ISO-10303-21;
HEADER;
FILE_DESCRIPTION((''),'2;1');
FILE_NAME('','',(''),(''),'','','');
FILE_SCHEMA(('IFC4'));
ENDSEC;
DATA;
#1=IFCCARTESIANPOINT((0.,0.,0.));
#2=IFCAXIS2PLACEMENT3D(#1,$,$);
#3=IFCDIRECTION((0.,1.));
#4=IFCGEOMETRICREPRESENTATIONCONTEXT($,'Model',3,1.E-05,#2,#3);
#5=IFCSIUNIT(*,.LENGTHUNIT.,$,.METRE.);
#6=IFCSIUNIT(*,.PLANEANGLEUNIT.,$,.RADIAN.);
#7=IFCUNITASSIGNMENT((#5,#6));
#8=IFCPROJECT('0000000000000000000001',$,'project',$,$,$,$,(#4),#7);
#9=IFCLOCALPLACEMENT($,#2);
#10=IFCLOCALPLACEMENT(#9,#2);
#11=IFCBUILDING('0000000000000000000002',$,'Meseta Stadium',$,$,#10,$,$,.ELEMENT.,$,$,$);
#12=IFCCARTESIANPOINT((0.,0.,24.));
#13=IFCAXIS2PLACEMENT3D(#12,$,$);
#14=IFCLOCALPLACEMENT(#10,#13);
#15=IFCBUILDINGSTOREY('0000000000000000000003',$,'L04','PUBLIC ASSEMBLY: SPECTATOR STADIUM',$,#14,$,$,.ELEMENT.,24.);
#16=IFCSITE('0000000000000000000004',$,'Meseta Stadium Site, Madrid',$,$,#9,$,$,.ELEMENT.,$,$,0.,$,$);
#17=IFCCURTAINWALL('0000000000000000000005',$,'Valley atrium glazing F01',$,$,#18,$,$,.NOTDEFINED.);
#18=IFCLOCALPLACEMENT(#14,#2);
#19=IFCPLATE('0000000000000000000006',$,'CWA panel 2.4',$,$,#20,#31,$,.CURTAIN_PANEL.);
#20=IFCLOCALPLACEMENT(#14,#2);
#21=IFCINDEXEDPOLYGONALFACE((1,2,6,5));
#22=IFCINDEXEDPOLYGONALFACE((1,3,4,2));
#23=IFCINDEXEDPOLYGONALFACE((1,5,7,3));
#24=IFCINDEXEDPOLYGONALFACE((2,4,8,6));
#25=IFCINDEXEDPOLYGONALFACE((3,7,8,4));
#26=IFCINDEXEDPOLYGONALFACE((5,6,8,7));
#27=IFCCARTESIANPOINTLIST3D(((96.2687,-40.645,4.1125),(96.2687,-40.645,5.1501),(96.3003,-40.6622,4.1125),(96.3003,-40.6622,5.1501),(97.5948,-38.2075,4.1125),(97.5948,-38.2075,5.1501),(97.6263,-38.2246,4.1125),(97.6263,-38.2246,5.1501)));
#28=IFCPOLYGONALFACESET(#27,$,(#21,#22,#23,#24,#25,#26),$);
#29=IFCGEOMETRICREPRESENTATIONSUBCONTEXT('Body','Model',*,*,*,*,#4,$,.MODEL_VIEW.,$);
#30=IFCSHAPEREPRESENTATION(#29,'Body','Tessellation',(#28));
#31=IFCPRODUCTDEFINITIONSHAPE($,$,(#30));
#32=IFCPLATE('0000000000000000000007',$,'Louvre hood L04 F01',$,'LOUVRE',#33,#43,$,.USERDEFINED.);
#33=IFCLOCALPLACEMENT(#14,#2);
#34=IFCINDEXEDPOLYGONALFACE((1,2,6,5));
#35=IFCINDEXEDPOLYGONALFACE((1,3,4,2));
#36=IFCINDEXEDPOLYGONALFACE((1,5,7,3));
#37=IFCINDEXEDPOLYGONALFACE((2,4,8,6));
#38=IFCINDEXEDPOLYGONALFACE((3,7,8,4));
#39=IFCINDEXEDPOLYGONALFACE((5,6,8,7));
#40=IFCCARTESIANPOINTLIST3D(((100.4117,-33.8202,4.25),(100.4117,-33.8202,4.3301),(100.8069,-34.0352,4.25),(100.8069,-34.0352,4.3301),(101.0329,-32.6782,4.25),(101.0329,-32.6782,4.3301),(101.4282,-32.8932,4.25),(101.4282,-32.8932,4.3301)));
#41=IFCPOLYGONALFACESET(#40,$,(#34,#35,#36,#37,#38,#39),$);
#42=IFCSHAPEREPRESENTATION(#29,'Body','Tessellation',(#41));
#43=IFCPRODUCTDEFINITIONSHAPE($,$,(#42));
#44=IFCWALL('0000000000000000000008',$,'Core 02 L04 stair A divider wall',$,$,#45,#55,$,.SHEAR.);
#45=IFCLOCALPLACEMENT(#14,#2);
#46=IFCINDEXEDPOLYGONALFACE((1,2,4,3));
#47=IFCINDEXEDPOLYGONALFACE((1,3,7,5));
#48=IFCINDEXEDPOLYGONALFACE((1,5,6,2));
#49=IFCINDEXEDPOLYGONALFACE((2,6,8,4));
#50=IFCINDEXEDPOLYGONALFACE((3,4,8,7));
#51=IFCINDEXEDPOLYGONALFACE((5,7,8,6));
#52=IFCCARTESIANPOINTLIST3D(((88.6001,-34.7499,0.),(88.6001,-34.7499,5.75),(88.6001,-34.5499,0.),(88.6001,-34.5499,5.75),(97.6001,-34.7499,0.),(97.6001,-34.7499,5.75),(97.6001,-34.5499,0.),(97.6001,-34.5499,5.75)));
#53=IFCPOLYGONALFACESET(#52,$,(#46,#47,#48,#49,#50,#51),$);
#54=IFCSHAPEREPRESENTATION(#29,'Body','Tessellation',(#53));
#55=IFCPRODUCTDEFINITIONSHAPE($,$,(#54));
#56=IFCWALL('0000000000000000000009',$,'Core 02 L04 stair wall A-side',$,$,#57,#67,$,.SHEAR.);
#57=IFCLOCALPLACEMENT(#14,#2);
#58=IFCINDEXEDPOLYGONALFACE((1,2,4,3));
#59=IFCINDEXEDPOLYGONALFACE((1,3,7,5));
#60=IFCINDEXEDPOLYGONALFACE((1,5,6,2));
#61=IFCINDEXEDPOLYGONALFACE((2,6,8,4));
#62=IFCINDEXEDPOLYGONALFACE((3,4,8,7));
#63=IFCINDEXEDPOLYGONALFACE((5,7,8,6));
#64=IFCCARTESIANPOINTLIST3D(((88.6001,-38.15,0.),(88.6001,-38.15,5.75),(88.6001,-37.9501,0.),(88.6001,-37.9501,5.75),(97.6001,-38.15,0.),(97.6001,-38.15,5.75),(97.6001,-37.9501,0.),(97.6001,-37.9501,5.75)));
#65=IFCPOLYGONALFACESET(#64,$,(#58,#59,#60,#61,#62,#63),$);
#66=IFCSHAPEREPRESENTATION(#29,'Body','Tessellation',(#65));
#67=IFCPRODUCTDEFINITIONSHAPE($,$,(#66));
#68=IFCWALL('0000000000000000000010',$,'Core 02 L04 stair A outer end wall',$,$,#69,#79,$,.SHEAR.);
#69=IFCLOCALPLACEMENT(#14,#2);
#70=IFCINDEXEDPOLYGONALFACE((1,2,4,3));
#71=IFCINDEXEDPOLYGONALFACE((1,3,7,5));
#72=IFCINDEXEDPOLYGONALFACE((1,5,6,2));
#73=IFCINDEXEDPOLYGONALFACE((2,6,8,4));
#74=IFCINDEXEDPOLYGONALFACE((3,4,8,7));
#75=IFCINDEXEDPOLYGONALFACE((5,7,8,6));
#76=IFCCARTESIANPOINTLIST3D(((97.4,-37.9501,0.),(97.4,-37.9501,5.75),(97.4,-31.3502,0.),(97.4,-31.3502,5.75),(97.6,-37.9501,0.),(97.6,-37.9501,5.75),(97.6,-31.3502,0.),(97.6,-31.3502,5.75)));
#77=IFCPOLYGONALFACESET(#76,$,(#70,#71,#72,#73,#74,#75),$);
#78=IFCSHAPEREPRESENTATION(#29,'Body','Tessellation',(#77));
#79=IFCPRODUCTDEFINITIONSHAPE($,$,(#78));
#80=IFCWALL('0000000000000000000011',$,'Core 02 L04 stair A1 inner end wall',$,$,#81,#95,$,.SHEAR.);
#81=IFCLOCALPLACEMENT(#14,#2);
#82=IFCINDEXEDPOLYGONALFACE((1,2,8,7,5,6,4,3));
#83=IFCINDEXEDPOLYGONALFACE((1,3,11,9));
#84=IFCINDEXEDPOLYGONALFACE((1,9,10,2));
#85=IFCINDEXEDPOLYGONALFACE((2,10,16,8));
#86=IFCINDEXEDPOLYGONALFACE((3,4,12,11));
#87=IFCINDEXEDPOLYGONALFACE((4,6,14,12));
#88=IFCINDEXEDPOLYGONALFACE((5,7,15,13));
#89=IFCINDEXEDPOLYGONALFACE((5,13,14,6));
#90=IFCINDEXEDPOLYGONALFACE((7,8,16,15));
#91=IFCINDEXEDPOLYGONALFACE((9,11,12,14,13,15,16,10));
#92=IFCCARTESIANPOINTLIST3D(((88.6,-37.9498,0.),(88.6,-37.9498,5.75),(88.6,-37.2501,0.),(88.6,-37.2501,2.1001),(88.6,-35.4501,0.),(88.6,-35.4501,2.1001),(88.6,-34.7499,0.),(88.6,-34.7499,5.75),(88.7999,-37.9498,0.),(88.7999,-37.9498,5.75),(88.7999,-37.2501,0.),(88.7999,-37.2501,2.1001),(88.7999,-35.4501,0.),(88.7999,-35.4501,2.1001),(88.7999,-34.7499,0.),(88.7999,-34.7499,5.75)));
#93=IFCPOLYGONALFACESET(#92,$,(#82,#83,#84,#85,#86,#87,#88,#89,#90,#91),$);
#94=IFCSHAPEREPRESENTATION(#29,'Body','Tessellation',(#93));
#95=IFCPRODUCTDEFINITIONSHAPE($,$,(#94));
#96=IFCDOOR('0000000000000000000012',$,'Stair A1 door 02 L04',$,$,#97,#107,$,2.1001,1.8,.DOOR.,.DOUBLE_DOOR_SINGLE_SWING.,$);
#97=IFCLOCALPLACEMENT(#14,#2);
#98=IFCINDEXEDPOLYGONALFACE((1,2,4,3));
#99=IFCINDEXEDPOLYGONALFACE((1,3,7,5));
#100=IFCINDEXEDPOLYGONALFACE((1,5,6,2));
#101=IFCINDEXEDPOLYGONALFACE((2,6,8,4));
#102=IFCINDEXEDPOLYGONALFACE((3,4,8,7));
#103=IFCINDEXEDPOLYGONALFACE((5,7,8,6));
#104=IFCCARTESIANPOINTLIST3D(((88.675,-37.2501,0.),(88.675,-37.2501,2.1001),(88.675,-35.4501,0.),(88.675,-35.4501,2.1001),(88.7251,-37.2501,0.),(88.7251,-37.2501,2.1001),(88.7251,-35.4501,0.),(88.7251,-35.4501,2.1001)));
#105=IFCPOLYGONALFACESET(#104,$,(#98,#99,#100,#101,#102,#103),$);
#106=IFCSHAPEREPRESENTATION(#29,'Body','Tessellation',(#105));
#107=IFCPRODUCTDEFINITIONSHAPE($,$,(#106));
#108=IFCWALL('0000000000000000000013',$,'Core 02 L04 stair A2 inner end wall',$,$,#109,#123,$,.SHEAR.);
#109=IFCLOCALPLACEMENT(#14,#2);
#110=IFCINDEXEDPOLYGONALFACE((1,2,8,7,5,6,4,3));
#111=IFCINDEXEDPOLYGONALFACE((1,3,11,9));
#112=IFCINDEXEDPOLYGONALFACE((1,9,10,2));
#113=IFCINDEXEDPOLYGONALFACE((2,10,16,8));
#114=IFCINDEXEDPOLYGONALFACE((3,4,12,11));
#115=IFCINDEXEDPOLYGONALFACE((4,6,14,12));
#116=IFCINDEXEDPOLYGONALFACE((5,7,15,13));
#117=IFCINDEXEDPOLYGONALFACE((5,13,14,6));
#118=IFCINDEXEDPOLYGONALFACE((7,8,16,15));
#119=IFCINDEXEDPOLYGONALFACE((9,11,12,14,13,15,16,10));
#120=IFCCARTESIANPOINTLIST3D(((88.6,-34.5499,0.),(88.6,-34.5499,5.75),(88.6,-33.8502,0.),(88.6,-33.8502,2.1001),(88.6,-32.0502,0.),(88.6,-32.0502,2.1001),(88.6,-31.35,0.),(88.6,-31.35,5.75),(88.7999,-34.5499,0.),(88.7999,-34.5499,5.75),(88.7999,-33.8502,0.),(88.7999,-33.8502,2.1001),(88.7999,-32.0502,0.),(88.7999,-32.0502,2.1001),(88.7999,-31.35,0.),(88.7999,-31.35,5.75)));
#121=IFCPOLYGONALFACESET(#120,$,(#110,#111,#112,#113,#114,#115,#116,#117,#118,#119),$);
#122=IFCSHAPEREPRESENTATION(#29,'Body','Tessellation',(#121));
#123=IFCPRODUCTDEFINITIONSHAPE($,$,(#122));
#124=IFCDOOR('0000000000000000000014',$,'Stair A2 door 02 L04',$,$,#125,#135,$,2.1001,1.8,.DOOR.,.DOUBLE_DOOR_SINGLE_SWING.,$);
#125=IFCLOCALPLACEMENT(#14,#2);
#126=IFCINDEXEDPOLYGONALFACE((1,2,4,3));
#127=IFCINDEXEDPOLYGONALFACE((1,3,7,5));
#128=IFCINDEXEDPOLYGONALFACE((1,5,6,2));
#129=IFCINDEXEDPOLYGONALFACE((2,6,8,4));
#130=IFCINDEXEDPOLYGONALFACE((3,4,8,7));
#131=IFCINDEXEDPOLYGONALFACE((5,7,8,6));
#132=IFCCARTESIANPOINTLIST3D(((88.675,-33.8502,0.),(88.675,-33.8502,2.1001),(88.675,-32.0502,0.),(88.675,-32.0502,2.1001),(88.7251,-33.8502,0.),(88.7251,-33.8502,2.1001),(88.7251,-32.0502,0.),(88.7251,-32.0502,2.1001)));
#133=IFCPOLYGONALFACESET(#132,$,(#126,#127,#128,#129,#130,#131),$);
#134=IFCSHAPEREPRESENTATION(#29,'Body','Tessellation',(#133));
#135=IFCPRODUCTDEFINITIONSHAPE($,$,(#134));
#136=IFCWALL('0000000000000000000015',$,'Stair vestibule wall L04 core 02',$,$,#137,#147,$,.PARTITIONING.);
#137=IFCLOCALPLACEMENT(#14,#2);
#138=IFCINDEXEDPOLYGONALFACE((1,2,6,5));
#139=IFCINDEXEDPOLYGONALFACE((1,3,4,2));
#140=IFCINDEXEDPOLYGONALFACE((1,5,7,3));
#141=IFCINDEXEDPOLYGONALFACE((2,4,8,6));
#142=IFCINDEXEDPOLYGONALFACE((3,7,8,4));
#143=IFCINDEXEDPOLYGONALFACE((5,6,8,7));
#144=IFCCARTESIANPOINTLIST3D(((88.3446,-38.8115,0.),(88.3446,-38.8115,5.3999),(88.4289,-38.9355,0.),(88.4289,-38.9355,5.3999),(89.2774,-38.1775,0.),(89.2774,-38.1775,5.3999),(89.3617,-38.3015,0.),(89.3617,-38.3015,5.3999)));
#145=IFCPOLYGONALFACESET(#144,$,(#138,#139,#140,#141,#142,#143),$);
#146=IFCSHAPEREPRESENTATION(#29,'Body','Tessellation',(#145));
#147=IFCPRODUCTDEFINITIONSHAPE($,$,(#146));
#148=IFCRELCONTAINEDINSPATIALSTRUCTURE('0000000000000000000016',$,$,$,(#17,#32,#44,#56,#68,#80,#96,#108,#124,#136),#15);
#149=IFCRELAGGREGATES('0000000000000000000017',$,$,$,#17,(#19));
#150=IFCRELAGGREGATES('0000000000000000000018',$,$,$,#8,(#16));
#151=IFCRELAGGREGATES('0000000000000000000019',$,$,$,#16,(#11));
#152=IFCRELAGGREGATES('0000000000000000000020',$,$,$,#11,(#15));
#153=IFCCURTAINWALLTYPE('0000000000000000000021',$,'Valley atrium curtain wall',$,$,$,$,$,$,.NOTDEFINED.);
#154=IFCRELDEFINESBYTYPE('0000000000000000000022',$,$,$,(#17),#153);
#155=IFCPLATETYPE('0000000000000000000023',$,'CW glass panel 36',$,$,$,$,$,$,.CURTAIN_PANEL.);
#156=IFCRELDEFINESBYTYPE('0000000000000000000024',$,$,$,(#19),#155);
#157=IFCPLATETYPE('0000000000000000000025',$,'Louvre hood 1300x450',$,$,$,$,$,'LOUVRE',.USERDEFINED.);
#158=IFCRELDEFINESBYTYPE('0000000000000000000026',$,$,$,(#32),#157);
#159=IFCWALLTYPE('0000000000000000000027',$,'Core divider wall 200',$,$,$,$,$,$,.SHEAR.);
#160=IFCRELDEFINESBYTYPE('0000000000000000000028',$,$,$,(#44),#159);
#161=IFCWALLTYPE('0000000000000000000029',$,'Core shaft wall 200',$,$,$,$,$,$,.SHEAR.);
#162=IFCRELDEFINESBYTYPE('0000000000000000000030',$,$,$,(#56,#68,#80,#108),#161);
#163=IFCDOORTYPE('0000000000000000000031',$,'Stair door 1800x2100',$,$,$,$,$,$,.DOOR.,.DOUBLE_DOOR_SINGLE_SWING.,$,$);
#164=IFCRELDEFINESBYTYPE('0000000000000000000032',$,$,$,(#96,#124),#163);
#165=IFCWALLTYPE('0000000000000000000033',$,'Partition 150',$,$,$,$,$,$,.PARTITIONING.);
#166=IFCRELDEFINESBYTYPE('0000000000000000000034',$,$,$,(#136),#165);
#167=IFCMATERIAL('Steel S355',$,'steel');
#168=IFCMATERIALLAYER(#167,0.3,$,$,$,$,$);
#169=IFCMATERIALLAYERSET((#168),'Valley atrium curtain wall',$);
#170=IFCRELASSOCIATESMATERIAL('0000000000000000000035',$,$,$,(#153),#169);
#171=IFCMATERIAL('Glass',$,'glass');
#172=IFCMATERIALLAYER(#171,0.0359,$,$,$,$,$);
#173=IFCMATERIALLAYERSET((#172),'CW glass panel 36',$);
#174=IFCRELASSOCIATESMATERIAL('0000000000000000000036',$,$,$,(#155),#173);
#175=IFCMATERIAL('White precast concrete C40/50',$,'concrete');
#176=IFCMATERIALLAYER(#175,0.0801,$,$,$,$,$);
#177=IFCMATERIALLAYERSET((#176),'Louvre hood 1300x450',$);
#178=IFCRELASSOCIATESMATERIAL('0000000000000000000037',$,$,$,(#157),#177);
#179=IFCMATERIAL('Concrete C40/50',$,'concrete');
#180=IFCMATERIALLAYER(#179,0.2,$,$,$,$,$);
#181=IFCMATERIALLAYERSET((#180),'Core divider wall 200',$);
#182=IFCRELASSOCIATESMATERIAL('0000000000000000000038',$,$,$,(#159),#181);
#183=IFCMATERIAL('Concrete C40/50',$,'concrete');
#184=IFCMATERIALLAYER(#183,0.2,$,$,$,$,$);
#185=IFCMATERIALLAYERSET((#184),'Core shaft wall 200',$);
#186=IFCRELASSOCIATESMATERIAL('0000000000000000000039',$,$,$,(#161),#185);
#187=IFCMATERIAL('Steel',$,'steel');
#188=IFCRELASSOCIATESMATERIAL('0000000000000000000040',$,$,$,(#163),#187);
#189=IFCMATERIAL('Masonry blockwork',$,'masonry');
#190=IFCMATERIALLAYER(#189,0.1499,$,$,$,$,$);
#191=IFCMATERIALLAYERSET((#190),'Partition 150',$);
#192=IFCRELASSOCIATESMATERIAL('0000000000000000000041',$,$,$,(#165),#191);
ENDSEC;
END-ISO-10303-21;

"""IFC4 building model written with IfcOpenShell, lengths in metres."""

from ifc_helpers import new_model, si_unit, direction, frame, frame_2d, origin, origin_2d, place, context, subcontext, project, spatial, rectangle, extrude, material, layer, layer_set, type_object, element, fill, aggregate, save


model = new_model("IFC4")

# Units and contexts
model_context = context("Model", 3, precision=1e-05, world=origin(), true_north=direction((0.0, 1.0)))
body_context = subcontext(model_context, "Body", "Model", "MODEL_VIEW")
ifc_project = project(units=[si_unit("LENGTHUNIT", "METRE"), si_unit("PLANEANGLEUNIT", "RADIAN")], contexts=[model_context])

# Site, building, storey
site_placement = place(None, origin())
site = spatial("IfcSite", under=ifc_project, at=site_placement, Name="Meseta Stadium Site, Madrid", CompositionType="ELEMENT", RefElevation=0.0)
building_placement = place(site_placement, origin())
building = spatial("IfcBuilding", under=site, at=building_placement, Name="Meseta Stadium", CompositionType="ELEMENT")
storey_placement = place(building_placement, frame((0.0, 0.0, 24.0)))
storey = spatial("IfcBuildingStorey", under=building, at=storey_placement, Name="L04", Description="PUBLIC ASSEMBLY: SPECTATOR STADIUM", CompositionType="ELEMENT", Elevation=24.0)

# Curtain wall
ifc_material_1 = material(Name="Steel S355", Category="steel")
ifc_layer_1 = layer(ifc_material_1, 0.3)
ifc_layer_set_1 = layer_set([ifc_layer_1], Name="Valley atrium curtain wall")
curtain_wall_type = type_object("IfcCurtainWallType", Name="Valley atrium curtain wall", PredefinedType="NOTDEFINED", material=ifc_layer_set_1)
curtain_wall_placement = place(storey_placement, origin())
curtain_wall = element("IfcCurtainWall", 1, at=curtain_wall_placement, inside=storey, type_object=curtain_wall_type, Name="Valley atrium glazing F01", PredefinedType="NOTDEFINED")

# Plates
ifc_material_2 = material(Name="Glass", Category="glass")
ifc_layer_2 = layer(ifc_material_2, 0.0359)
ifc_layer_set_2 = layer_set([ifc_layer_2], Name="CW glass panel 36")
plate_type_1 = type_object("IfcPlateType", Name="CW glass panel 36", PredefinedType="CURTAIN_PANEL", material=ifc_layer_set_2)
plate_1_placement = place(storey_placement, frame((96.9475, -39.4348, 4.1125), z_axis=(0.0, 0.0, 1.0), x_axis=(0.477867, 0.878432, 0.0)))
plate_1 = element("IfcPlate", 2, at=plate_1_placement, type_object=plate_type_1, Name="CWA panel 2.4", PredefinedType="CURTAIN_PANEL", context=body_context, shape_type="SweptSolid", body=[
    extrude(rectangle(XDim=2.7749, YDim=0.0359, at=origin_2d()), origin(), (0.0, 0.0, 1.0), 1.0376),
])
aggregate(curtain_wall, [plate_1])
ifc_material_3 = material(Name="White precast concrete C40/50", Category="concrete")
ifc_layer_3 = layer(ifc_material_3, 0.0801)
ifc_layer_set_3 = layer_set([ifc_layer_3], Name="Louvre hood 1300x450")
plate_type_2 = type_object("IfcPlateType", Name="Louvre hood 1300x450", ElementType="LOUVRE", PredefinedType="USERDEFINED", material=ifc_layer_set_3)
plate_2_placement = place(storey_placement, frame((100.9199, -33.3567, 4.25), z_axis=(0.0, 0.0, 1.0), x_axis=(0.477867, 0.878432, 0.0)))
element("IfcPlate", 3, at=plate_2_placement, inside=storey, type_object=plate_type_2, Name="Louvre hood L04 F01", ObjectType="LOUVRE", PredefinedType="USERDEFINED", context=body_context, shape_type="SweptSolid", body=[
    extrude(rectangle(XDim=1.3, YDim=0.45, at=origin_2d()), origin(), (0.0, 0.0, 1.0), 0.0801),
])

# Walls
ifc_material_4 = material(Name="Concrete C40/50", Category="concrete")
ifc_layer_4 = layer(ifc_material_4, 0.2)
ifc_layer_set_4 = layer_set([ifc_layer_4], Name="Core divider wall 200")
wall_type_1 = type_object("IfcWallType", Name="Core divider wall 200", PredefinedType="SHEAR", material=ifc_layer_set_4)
wall_1_placement = place(storey_placement, frame((97.6001, -34.6499, 0.0), z_axis=(0.0, 0.0, 1.0), x_axis=(-1.0, 0.0, 0.0)))
element("IfcWall", 4, at=wall_1_placement, inside=storey, type_object=wall_type_1, Name="Core 02 L04 stair A divider wall", PredefinedType="SHEAR", context=body_context, shape_type="SweptSolid", body=[
    extrude(rectangle(XDim=9.0, YDim=0.2, at=frame_2d((4.5, 0.0))), origin(), (0.0, 0.0, 1.0), 5.75),
])
ifc_material_5 = material(Name="Concrete C40/50", Category="concrete")
ifc_layer_5 = layer(ifc_material_5, 0.2)
ifc_layer_set_5 = layer_set([ifc_layer_5], Name="Core shaft wall 200")
wall_type_2 = type_object("IfcWallType", Name="Core shaft wall 200", PredefinedType="SHEAR", material=ifc_layer_set_5)
wall_2_placement = place(storey_placement, frame((97.6001, -38.05, 0.0), z_axis=(0.0, 0.0, 1.0), x_axis=(-1.0, 0.0, 0.0)))
element("IfcWall", 5, at=wall_2_placement, inside=storey, type_object=wall_type_2, Name="Core 02 L04 stair wall A-side", PredefinedType="SHEAR", context=body_context, shape_type="SweptSolid", body=[
    extrude(rectangle(XDim=9.0, YDim=0.2, at=frame_2d((4.5, 0.0))), origin(), (0.0, 0.0, 1.0), 5.75),
])
wall_3_placement = place(storey_placement, frame((97.5, -37.95, 0.0), z_axis=(0.0, 0.0, 1.0), x_axis=(0.0, 1.0, 0.0)))
element("IfcWall", 6, at=wall_3_placement, inside=storey, type_object=wall_type_2, Name="Core 02 L04 stair A outer end wall", PredefinedType="SHEAR", context=body_context, shape_type="SweptSolid", body=[
    extrude(rectangle(XDim=6.5999, YDim=0.2, at=frame_2d((3.2998, 0.0))), origin(), (0.0, 0.0, 1.0), 5.75),
])

# Walls, openings, doors
wall_4_placement = place(storey_placement, frame((88.7, -37.95, 0.0), z_axis=(0.0, 0.0, 1.0), x_axis=(0.0, 1.0, 0.0)))
wall_4 = element("IfcWall", 7, at=wall_4_placement, inside=storey, type_object=wall_type_2, Name="Core 02 L04 stair A1 inner end wall", PredefinedType="SHEAR", context=body_context, shape_type="SweptSolid", body=[
    extrude(rectangle(XDim=3.2, YDim=0.2, at=frame_2d((1.6001, 0.0))), origin(), (0.0, 0.0, 1.0), 5.75),
])
opening_1_placement = place(wall_4_placement, frame((0.7, 0.0, 0.0)))
opening_1 = element("IfcOpeningElement", 8, at=opening_1_placement, cuts=wall_4, PredefinedType="OPENING", context=body_context, shape_type="SweptSolid", body=[
    extrude(rectangle(XDim=1.8, YDim=2.1001, at=frame_2d((0.8999, 1.05))), frame((0.0, 0.1099, 0.0), z_axis=(0.0, -1.0, 0.0), x_axis=(1.0, 0.0, 0.0)), (0.0, 0.0, 1.0), 0.22),
])
ifc_material_6 = material(Name="Steel", Category="steel")
door_type = type_object("IfcDoorType", Name="Stair door 1800x2100", OperationType="DOUBLE_DOOR_SINGLE_SWING", PredefinedType="DOOR", material=ifc_material_6)
door_1_placement = place(opening_1_placement, origin())
door_1 = element("IfcDoor", 9, at=door_1_placement, inside=storey, type_object=door_type, Name="Stair A1 door 02 L04", OperationType="DOUBLE_DOOR_SINGLE_SWING", OverallHeight=2.1001, OverallWidth=1.8, PredefinedType="DOOR", context=body_context, shape_type="SweptSolid", body=[
    extrude(rectangle(XDim=1.8, YDim=2.1001, at=frame_2d((0.8999, 1.05))), frame((0.0, 0.0249, 0.0), z_axis=(0.0, -1.0, 0.0), x_axis=(1.0, 0.0, 0.0)), (0.0, 0.0, 1.0), 0.05),
])
fill(opening_1, door_1)
wall_5_placement = place(storey_placement, frame((88.7, -34.55, 0.0), z_axis=(0.0, 0.0, 1.0), x_axis=(0.0, 1.0, 0.0)))
wall_5 = element("IfcWall", 10, at=wall_5_placement, inside=storey, type_object=wall_type_2, Name="Core 02 L04 stair A2 inner end wall", PredefinedType="SHEAR", context=body_context, shape_type="SweptSolid", body=[
    extrude(rectangle(XDim=3.2, YDim=0.2, at=frame_2d((1.6001, 0.0))), origin(), (0.0, 0.0, 1.0), 5.75),
])
opening_2_placement = place(wall_5_placement, frame((0.7, 0.0, 0.0)))
opening_2 = element("IfcOpeningElement", 11, at=opening_2_placement, cuts=wall_5, PredefinedType="OPENING", context=body_context, shape_type="SweptSolid", body=[
    extrude(rectangle(XDim=1.8, YDim=2.1001, at=frame_2d((0.8999, 1.05))), frame((0.0, 0.1099, 0.0), z_axis=(0.0, -1.0, 0.0), x_axis=(1.0, 0.0, 0.0)), (0.0, 0.0, 1.0), 0.22),
])
door_2_placement = place(opening_2_placement, origin())
door_2 = element("IfcDoor", 12, at=door_2_placement, inside=storey, type_object=door_type, Name="Stair A2 door 02 L04", OperationType="DOUBLE_DOOR_SINGLE_SWING", OverallHeight=2.1001, OverallWidth=1.8, PredefinedType="DOOR", context=body_context, shape_type="SweptSolid", body=[
    extrude(rectangle(XDim=1.8, YDim=2.1001, at=frame_2d((0.8999, 1.05))), frame((0.0, 0.0249, 0.0), z_axis=(0.0, -1.0, 0.0), x_axis=(1.0, 0.0, 0.0)), (0.0, 0.0, 1.0), 0.05),
])
fill(opening_2, door_2)

# Wall
ifc_material_7 = material(Name="Masonry blockwork", Category="masonry")
ifc_layer_6 = layer(ifc_material_7, 0.1499)
ifc_layer_set_6 = layer_set([ifc_layer_6], Name="Partition 150")
wall_type_3 = type_object("IfcWallType", Name="Partition 150", PredefinedType="PARTITIONING", material=ifc_layer_set_6)
wall_6_placement = place(storey_placement, frame((88.3867, -38.8735, 0.0), z_axis=(0.0, 0.0, 1.0), x_axis=(0.827055, 0.562121, 0.0)))
element("IfcWall", 13, at=wall_6_placement, inside=storey, type_object=wall_type_3, Name="Stair vestibule wall L04 core 02", PredefinedType="PARTITIONING", context=body_context, shape_type="SweptSolid", body=[
    extrude(rectangle(XDim=1.1279, YDim=0.1499, at=frame_2d((0.564, 0.0))), origin(), (0.0, 0.0, 1.0), 5.3999),
])

save(model, "model.ifc")
